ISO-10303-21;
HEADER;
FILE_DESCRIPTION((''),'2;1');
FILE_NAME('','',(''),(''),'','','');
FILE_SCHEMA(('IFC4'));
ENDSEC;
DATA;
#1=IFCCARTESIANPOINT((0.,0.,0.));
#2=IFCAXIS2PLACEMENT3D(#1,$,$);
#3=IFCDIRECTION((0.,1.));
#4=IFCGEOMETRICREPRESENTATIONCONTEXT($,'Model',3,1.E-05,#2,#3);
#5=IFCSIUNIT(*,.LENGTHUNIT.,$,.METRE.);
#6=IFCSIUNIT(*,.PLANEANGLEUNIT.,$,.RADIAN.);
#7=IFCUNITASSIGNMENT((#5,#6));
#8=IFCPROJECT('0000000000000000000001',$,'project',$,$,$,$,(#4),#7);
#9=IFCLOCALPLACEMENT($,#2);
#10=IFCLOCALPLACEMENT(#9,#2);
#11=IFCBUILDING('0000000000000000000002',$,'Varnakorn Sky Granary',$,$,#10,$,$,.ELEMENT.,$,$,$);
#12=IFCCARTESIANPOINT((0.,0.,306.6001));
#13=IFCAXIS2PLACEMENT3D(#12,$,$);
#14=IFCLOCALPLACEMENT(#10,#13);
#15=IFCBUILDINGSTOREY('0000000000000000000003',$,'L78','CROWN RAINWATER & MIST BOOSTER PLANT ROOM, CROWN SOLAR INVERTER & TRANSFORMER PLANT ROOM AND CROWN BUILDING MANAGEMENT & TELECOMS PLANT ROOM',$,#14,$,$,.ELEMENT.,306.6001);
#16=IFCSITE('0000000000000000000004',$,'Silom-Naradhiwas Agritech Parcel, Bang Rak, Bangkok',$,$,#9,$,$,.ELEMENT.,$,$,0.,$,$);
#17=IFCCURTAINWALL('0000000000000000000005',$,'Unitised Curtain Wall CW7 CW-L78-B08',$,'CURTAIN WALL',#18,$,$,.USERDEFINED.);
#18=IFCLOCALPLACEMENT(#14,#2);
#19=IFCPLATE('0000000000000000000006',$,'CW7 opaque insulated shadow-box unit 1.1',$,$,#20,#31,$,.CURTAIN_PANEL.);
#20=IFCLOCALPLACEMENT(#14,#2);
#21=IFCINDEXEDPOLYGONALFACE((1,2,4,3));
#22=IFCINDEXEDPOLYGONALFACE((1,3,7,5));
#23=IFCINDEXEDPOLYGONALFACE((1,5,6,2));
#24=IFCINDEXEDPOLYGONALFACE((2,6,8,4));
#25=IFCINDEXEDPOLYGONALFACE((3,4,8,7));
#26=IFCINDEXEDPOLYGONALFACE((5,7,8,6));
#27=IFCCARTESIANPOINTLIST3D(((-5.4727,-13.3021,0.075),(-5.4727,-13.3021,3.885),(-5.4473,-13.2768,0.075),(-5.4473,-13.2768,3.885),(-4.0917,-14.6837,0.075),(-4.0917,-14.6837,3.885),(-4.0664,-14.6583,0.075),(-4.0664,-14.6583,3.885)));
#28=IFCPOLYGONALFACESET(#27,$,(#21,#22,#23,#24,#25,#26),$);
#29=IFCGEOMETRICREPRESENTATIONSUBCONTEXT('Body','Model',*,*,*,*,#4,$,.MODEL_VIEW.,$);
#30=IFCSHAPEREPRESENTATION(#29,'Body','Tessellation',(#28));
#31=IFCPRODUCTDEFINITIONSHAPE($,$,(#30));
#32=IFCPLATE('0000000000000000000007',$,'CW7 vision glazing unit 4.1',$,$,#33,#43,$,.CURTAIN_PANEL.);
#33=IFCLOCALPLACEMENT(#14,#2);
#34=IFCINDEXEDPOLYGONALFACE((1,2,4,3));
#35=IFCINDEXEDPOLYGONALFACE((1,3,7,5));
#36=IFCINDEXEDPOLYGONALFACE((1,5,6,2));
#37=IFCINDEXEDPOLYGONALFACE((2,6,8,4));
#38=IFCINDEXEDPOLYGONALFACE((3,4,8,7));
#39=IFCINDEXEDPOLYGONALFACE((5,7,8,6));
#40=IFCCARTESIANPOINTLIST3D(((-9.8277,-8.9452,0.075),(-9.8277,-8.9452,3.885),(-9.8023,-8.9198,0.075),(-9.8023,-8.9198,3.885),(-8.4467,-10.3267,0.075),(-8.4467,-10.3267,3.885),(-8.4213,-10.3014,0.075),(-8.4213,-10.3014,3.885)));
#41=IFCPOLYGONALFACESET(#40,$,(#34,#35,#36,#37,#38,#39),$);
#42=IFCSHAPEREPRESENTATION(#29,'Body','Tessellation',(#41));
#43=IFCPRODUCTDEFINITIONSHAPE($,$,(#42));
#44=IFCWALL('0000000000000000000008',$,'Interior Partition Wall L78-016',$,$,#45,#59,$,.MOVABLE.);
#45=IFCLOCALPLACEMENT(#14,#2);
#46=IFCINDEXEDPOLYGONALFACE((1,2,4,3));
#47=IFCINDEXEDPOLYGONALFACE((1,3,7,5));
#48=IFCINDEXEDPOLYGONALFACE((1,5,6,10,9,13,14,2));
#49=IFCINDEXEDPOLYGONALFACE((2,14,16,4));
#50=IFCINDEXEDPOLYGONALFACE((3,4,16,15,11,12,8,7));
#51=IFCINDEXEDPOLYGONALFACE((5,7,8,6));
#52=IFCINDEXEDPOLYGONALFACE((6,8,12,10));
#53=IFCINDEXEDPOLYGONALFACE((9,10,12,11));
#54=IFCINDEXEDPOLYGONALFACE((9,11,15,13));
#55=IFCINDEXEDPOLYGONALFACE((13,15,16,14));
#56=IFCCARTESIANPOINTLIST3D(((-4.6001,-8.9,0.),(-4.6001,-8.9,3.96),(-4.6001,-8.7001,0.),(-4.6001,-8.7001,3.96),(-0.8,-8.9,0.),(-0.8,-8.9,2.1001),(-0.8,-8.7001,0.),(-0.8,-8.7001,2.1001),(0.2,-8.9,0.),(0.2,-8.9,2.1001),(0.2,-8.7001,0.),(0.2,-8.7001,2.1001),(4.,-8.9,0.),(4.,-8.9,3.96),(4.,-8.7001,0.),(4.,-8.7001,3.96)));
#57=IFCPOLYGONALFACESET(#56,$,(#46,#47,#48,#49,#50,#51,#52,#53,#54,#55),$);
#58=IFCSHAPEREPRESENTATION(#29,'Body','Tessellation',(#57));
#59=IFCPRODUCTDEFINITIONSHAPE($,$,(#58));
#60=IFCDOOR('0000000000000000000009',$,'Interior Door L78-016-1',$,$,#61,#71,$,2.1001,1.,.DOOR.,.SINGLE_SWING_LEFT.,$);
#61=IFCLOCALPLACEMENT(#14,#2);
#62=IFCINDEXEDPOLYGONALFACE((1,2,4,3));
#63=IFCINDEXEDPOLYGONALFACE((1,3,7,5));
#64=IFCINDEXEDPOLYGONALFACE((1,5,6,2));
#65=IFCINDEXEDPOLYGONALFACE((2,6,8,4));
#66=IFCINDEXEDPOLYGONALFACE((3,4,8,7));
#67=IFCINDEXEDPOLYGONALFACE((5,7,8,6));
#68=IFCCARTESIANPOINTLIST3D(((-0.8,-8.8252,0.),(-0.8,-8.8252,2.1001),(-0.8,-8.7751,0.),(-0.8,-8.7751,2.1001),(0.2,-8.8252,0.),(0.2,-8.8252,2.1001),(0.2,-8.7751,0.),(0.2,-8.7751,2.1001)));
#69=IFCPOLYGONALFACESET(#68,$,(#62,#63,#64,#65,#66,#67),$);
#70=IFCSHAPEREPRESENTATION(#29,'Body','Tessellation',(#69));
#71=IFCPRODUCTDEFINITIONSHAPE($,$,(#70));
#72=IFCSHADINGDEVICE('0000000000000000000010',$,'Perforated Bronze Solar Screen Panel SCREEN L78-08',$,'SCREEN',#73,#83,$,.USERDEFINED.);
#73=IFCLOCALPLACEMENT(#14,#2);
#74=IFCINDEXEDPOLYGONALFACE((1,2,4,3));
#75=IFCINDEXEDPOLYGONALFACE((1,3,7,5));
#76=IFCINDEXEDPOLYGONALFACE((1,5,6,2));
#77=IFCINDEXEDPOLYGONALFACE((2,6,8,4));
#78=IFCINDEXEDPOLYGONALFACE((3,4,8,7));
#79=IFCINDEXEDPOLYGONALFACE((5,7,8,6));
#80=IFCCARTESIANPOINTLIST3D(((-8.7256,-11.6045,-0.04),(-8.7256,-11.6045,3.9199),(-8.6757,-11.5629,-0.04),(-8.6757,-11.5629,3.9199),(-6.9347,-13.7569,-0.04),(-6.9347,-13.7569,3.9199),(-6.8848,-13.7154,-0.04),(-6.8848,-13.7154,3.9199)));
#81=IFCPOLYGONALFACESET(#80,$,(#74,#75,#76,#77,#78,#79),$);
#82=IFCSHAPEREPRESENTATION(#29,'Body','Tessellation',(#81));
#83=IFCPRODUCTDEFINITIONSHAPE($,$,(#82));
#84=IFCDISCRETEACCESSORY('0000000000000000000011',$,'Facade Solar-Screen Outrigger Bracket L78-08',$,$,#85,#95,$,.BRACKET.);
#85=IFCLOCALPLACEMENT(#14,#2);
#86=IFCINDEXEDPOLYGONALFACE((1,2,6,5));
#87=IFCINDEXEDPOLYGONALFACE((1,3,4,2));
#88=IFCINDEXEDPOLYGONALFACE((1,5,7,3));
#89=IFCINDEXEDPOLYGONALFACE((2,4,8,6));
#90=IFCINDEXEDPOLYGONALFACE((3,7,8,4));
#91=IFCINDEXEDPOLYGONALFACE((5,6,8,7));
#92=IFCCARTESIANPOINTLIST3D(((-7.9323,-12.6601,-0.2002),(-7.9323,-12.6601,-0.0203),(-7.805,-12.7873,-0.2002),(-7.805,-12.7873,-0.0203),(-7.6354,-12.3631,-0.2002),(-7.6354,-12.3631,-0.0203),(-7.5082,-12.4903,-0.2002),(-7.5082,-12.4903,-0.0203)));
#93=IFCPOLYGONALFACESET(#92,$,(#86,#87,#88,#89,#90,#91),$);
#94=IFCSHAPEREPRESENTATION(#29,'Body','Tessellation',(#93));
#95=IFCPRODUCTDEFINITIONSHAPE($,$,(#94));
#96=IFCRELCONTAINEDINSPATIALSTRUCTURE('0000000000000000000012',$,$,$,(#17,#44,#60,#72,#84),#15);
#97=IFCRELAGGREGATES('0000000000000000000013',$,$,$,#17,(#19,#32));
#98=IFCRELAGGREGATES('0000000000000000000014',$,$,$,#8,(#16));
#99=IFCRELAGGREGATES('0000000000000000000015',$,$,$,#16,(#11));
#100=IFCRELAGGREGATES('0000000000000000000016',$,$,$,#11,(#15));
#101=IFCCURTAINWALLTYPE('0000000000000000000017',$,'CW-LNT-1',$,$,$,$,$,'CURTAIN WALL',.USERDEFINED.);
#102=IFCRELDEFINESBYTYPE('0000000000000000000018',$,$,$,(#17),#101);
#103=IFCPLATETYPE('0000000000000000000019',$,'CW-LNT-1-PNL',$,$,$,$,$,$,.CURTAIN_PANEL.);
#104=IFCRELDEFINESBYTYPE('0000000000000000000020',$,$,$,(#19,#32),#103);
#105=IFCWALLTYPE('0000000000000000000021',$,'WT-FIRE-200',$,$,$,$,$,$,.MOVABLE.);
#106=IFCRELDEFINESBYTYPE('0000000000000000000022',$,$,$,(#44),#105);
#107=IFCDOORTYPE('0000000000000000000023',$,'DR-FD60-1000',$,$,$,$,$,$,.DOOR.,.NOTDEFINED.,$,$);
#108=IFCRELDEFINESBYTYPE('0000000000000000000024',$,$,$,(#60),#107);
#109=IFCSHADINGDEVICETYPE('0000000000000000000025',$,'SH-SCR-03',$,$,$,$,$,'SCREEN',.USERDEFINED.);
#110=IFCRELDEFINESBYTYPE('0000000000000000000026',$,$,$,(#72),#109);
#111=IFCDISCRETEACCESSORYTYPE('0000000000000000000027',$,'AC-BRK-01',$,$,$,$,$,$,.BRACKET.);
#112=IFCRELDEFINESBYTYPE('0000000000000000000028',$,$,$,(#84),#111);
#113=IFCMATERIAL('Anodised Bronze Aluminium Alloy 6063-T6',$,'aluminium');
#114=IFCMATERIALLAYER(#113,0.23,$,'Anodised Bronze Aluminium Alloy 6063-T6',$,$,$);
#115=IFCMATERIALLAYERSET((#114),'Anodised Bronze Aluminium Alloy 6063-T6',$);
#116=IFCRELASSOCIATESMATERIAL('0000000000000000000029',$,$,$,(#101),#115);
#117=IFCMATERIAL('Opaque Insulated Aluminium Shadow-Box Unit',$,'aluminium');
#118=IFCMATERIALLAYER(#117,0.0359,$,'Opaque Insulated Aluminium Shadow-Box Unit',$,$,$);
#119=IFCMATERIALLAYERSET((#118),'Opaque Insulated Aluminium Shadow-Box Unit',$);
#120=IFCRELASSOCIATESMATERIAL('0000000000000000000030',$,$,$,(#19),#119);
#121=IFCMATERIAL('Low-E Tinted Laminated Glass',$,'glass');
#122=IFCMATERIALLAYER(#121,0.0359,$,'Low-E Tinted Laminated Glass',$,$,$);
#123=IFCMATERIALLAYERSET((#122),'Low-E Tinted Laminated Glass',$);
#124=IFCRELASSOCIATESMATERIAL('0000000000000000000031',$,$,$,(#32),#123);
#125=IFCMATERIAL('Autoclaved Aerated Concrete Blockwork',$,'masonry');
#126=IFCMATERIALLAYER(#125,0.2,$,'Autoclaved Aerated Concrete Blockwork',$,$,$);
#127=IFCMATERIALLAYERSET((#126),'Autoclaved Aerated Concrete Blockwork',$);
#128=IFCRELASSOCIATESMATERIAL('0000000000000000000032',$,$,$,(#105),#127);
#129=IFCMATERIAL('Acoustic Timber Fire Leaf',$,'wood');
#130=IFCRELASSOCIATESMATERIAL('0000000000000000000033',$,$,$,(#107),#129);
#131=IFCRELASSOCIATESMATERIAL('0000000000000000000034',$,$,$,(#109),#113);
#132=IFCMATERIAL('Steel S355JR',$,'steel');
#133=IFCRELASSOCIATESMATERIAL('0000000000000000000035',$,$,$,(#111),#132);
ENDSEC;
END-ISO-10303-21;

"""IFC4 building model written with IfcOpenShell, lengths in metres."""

from ifc_helpers import new_model, si_unit, direction, frame, frame_2d, origin, origin_2d, place, context, subcontext, project, spatial, rectangle, extrude, source, transform, mapped, material, layer, layer_set, type_object, type_shapes, element, fill, aggregate, save


model = new_model("IFC4")

# Units and contexts
model_context = context("Model", 3, precision=1e-05, world=origin(), true_north=direction((0.0, 1.0)))
body_context = subcontext(model_context, "Body", "Model", "MODEL_VIEW")
ifc_project = project(units=[si_unit("LENGTHUNIT", "METRE"), si_unit("PLANEANGLEUNIT", "RADIAN")], contexts=[model_context])

# Site, building, storey
site_placement = place(None, origin())
site = spatial("IfcSite", under=ifc_project, at=site_placement, Name="Silom-Naradhiwas Agritech Parcel, Bang Rak, Bangkok", CompositionType="ELEMENT", RefElevation=0.0)
building_placement = place(site_placement, origin())
building = spatial("IfcBuilding", under=site, at=building_placement, Name="Varnakorn Sky Granary", CompositionType="ELEMENT")
storey_placement = place(building_placement, frame((0.0, 0.0, 306.6001)))
storey = spatial("IfcBuildingStorey", under=building, at=storey_placement, Name="L78", Description="CROWN RAINWATER & MIST BOOSTER PLANT ROOM, CROWN SOLAR INVERTER & TRANSFORMER PLANT ROOM AND CROWN BUILDING MANAGEMENT & TELECOMS PLANT ROOM", CompositionType="ELEMENT", Elevation=306.6001)

# Shared definitions
ifc_material_1 = material(Name="Steel S355JR", Category="steel")

# Shared definitions
ifc_material_2 = material(Name="Anodised Bronze Aluminium Alloy 6063-T6", Category="aluminium")
ifc_layer_1 = layer(ifc_material_2, 0.23, Name="Anodised Bronze Aluminium Alloy 6063-T6")
ifc_layer_set_1 = layer_set([ifc_layer_1], Name="Anodised Bronze Aluminium Alloy 6063-T6")
curtain_wall_type = type_object("IfcCurtainWallType", Name="CW-LNT-1", ElementType="CURTAIN WALL", PredefinedType="USERDEFINED", material=ifc_layer_set_1)

# Curtain wall
curtain_wall_1_placement = place(storey_placement, origin())
curtain_wall_1 = element("IfcCurtainWall", 1, at=curtain_wall_1_placement, inside=storey, type_object=curtain_wall_type, Name="Unitised Curtain Wall CW7 CW-L78-B08", ObjectType="CURTAIN WALL", PredefinedType="USERDEFINED")

# Plates
ifc_material_3 = material(Name="Opaque Insulated Aluminium Shadow-Box Unit", Category="aluminium")
ifc_layer_2 = layer(ifc_material_3, 0.0359, Name="Opaque Insulated Aluminium Shadow-Box Unit")
ifc_layer_set_2 = layer_set([ifc_layer_2], Name="Opaque Insulated Aluminium Shadow-Box Unit")
plate_type = type_object("IfcPlateType", Name="CW-LNT-1-PNL", PredefinedType="CURTAIN_PANEL")
ifc_material_4 = material(Name="Low-E Tinted Laminated Glass", Category="glass")
ifc_layer_3 = layer(ifc_material_4, 0.0359, Name="Low-E Tinted Laminated Glass")
ifc_layer_set_3 = layer_set([ifc_layer_3], Name="Low-E Tinted Laminated Glass")
shared_shape_1 = source(origin(), body_context, "Body", "SweptSolid", [
    extrude(rectangle(XDim=1.9534, YDim=0.0359, at=origin_2d()), origin(), (0.0, 0.0, 1.0), 3.8101),
])
plate_1_placement = place(storey_placement, frame((-4.7695, -13.9802, 0.075), z_axis=(0.0, 0.0, 1.0), x_axis=(-0.706962, 0.707252, 0.0)))
plate_1 = element("IfcPlate", 2, at=plate_1_placement, type_object=plate_type, material=ifc_layer_set_2, Name="CW7 opaque insulated shadow-box unit 1.1", PredefinedType="CURTAIN_PANEL", context=body_context, shape_type="MappedRepresentation", body=[
    mapped(shared_shape_1, transform((0.0, 0.0, 0.0), x_axis=(1.0, 0.0, 0.0), y_axis=(0.0, 1.0, 0.0), z_axis=(0.0, 0.0, 1.0), scale=1.0)),
])
plate_2_placement = place(storey_placement, frame((-9.1245, -9.6233, 0.075), z_axis=(0.0, 0.0, 1.0), x_axis=(-0.706962, 0.707252, 0.0)))
plate_2 = element("IfcPlate", 3, at=plate_2_placement, type_object=plate_type, material=ifc_layer_set_3, Name="CW7 vision glazing unit 4.1", PredefinedType="CURTAIN_PANEL", context=body_context, shape_type="MappedRepresentation", body=[
    mapped(shared_shape_1, transform((0.0, 0.0, 0.0), x_axis=(1.0, 0.0, 0.0), y_axis=(0.0, 1.0, 0.0), z_axis=(0.0, 0.0, 1.0), scale=1.0)),
])
aggregate(curtain_wall_1, [plate_1, plate_2])

# Wall, opening, door
ifc_material_5 = material(Name="Autoclaved Aerated Concrete Blockwork", Category="masonry")
ifc_layer_4 = layer(ifc_material_5, 0.2, Name="Autoclaved Aerated Concrete Blockwork")
ifc_layer_set_4 = layer_set([ifc_layer_4], Name="Autoclaved Aerated Concrete Blockwork")
wall_type = type_object("IfcWallType", Name="WT-FIRE-200", PredefinedType="MOVABLE", material=ifc_layer_set_4)
wall_placement = place(storey_placement, frame((-4.6001, -8.8, 0.0), z_axis=(0.0, 0.0, 1.0), x_axis=(1.0, 0.0, 0.0)))
wall = element("IfcWall", 4, at=wall_placement, inside=storey, type_object=wall_type, Name="Interior Partition Wall L78-016", PredefinedType="MOVABLE", context=body_context, shape_type="SweptSolid", body=[
    extrude(rectangle(XDim=8.6001, YDim=0.2, at=frame_2d((4.3, 0.0))), origin(), (0.0, 0.0, 1.0), 3.96),
])
opening_placement = place(wall_placement, frame((3.8, 0.0, 0.0)))
opening = element("IfcOpeningElement", 5, at=opening_placement, cuts=wall, PredefinedType="OPENING", context=body_context, shape_type="SweptSolid", body=[
    extrude(rectangle(XDim=1.0, YDim=2.1001, at=frame_2d((0.5, 1.05))), frame((0.0, 0.1099, 0.0), z_axis=(0.0, -1.0, 0.0), x_axis=(1.0, 0.0, 0.0)), (0.0, 0.0, 1.0), 0.22),
])
ifc_material_6 = material(Name="Acoustic Timber Fire Leaf", Category="wood")
door_type = type_object("IfcDoorType", Name="DR-FD60-1000", OperationType="NOTDEFINED", PredefinedType="DOOR", material=ifc_material_6)
door_placement = place(opening_placement, origin())
door = element("IfcDoor", 6, at=door_placement, inside=storey, type_object=door_type, Name="Interior Door L78-016-1", OperationType="SINGLE_SWING_LEFT", OverallHeight=2.1001, OverallWidth=1.0, PredefinedType="DOOR", context=body_context, shape_type="SweptSolid", body=[
    extrude(rectangle(XDim=1.0, YDim=2.1001, at=frame_2d((0.5, 1.05))), frame((0.0, 0.0249, 0.0), z_axis=(0.0, -1.0, 0.0), x_axis=(1.0, 0.0, 0.0)), (0.0, 0.0, 1.0), 0.05),
])
fill(opening, door)

# Shading device
shading_device_type = type_object("IfcShadingDeviceType", Name="SH-SCR-03", ElementType="SCREEN", PredefinedType="USERDEFINED", material=ifc_material_2)
shared_shape_2 = source(origin(), body_context, "Body", "SweptSolid", [
    extrude(rectangle(XDim=2.8, YDim=0.0649, at=origin_2d()), origin(), (0.0, 0.0, 1.0), 3.96),
])
type_shapes(shading_device_type, [shared_shape_2])
shading_device_placement = place(storey_placement, frame((-7.8052, -12.6599, -0.04), z_axis=(0.0, 0.0, 1.0), x_axis=(0.63959, -0.768716, 0.0)))
element("IfcShadingDevice", 7, at=shading_device_placement, inside=storey, type_object=shading_device_type, Name="Perforated Bronze Solar Screen Panel SCREEN L78-08", ObjectType="SCREEN", PredefinedType="USERDEFINED", context=body_context, shape_type="MappedRepresentation", body=[
    mapped(shared_shape_2, transform((0.0, 0.0, 0.0), x_axis=(1.0, 0.0, 0.0), y_axis=(0.0, 1.0, 0.0), z_axis=(0.0, 0.0, 1.0), scale=1.0)),
])

# Discrete accessory
discrete_accessory_type = type_object("IfcDiscreteAccessoryType", Name="AC-BRK-01", PredefinedType="BRACKET", material=ifc_material_1)
shared_shape_3 = source(origin(), body_context, "Body", "SweptSolid", [
    extrude(rectangle(XDim=0.1799, YDim=0.4199, at=origin_2d()), origin(), (0.0, 0.0, 1.0), 0.1799),
])
type_shapes(discrete_accessory_type, [shared_shape_3])
discrete_accessory_placement = place(storey_placement, frame((-7.7202, -12.5752, -0.2002), z_axis=(0.0, 0.0, 1.0), x_axis=(0.707245, -0.706968, 0.0)))
element("IfcDiscreteAccessory", 8, at=discrete_accessory_placement, inside=storey, type_object=discrete_accessory_type, Name="Facade Solar-Screen Outrigger Bracket L78-08", PredefinedType="BRACKET", context=body_context, shape_type="MappedRepresentation", body=[
    mapped(shared_shape_3, transform((0.0, 0.0, 0.0), x_axis=(1.0, 0.0, 0.0), y_axis=(0.0, 1.0, 0.0), z_axis=(0.0, 0.0, 1.0), scale=1.0)),
])

save(model, "model.ifc")
